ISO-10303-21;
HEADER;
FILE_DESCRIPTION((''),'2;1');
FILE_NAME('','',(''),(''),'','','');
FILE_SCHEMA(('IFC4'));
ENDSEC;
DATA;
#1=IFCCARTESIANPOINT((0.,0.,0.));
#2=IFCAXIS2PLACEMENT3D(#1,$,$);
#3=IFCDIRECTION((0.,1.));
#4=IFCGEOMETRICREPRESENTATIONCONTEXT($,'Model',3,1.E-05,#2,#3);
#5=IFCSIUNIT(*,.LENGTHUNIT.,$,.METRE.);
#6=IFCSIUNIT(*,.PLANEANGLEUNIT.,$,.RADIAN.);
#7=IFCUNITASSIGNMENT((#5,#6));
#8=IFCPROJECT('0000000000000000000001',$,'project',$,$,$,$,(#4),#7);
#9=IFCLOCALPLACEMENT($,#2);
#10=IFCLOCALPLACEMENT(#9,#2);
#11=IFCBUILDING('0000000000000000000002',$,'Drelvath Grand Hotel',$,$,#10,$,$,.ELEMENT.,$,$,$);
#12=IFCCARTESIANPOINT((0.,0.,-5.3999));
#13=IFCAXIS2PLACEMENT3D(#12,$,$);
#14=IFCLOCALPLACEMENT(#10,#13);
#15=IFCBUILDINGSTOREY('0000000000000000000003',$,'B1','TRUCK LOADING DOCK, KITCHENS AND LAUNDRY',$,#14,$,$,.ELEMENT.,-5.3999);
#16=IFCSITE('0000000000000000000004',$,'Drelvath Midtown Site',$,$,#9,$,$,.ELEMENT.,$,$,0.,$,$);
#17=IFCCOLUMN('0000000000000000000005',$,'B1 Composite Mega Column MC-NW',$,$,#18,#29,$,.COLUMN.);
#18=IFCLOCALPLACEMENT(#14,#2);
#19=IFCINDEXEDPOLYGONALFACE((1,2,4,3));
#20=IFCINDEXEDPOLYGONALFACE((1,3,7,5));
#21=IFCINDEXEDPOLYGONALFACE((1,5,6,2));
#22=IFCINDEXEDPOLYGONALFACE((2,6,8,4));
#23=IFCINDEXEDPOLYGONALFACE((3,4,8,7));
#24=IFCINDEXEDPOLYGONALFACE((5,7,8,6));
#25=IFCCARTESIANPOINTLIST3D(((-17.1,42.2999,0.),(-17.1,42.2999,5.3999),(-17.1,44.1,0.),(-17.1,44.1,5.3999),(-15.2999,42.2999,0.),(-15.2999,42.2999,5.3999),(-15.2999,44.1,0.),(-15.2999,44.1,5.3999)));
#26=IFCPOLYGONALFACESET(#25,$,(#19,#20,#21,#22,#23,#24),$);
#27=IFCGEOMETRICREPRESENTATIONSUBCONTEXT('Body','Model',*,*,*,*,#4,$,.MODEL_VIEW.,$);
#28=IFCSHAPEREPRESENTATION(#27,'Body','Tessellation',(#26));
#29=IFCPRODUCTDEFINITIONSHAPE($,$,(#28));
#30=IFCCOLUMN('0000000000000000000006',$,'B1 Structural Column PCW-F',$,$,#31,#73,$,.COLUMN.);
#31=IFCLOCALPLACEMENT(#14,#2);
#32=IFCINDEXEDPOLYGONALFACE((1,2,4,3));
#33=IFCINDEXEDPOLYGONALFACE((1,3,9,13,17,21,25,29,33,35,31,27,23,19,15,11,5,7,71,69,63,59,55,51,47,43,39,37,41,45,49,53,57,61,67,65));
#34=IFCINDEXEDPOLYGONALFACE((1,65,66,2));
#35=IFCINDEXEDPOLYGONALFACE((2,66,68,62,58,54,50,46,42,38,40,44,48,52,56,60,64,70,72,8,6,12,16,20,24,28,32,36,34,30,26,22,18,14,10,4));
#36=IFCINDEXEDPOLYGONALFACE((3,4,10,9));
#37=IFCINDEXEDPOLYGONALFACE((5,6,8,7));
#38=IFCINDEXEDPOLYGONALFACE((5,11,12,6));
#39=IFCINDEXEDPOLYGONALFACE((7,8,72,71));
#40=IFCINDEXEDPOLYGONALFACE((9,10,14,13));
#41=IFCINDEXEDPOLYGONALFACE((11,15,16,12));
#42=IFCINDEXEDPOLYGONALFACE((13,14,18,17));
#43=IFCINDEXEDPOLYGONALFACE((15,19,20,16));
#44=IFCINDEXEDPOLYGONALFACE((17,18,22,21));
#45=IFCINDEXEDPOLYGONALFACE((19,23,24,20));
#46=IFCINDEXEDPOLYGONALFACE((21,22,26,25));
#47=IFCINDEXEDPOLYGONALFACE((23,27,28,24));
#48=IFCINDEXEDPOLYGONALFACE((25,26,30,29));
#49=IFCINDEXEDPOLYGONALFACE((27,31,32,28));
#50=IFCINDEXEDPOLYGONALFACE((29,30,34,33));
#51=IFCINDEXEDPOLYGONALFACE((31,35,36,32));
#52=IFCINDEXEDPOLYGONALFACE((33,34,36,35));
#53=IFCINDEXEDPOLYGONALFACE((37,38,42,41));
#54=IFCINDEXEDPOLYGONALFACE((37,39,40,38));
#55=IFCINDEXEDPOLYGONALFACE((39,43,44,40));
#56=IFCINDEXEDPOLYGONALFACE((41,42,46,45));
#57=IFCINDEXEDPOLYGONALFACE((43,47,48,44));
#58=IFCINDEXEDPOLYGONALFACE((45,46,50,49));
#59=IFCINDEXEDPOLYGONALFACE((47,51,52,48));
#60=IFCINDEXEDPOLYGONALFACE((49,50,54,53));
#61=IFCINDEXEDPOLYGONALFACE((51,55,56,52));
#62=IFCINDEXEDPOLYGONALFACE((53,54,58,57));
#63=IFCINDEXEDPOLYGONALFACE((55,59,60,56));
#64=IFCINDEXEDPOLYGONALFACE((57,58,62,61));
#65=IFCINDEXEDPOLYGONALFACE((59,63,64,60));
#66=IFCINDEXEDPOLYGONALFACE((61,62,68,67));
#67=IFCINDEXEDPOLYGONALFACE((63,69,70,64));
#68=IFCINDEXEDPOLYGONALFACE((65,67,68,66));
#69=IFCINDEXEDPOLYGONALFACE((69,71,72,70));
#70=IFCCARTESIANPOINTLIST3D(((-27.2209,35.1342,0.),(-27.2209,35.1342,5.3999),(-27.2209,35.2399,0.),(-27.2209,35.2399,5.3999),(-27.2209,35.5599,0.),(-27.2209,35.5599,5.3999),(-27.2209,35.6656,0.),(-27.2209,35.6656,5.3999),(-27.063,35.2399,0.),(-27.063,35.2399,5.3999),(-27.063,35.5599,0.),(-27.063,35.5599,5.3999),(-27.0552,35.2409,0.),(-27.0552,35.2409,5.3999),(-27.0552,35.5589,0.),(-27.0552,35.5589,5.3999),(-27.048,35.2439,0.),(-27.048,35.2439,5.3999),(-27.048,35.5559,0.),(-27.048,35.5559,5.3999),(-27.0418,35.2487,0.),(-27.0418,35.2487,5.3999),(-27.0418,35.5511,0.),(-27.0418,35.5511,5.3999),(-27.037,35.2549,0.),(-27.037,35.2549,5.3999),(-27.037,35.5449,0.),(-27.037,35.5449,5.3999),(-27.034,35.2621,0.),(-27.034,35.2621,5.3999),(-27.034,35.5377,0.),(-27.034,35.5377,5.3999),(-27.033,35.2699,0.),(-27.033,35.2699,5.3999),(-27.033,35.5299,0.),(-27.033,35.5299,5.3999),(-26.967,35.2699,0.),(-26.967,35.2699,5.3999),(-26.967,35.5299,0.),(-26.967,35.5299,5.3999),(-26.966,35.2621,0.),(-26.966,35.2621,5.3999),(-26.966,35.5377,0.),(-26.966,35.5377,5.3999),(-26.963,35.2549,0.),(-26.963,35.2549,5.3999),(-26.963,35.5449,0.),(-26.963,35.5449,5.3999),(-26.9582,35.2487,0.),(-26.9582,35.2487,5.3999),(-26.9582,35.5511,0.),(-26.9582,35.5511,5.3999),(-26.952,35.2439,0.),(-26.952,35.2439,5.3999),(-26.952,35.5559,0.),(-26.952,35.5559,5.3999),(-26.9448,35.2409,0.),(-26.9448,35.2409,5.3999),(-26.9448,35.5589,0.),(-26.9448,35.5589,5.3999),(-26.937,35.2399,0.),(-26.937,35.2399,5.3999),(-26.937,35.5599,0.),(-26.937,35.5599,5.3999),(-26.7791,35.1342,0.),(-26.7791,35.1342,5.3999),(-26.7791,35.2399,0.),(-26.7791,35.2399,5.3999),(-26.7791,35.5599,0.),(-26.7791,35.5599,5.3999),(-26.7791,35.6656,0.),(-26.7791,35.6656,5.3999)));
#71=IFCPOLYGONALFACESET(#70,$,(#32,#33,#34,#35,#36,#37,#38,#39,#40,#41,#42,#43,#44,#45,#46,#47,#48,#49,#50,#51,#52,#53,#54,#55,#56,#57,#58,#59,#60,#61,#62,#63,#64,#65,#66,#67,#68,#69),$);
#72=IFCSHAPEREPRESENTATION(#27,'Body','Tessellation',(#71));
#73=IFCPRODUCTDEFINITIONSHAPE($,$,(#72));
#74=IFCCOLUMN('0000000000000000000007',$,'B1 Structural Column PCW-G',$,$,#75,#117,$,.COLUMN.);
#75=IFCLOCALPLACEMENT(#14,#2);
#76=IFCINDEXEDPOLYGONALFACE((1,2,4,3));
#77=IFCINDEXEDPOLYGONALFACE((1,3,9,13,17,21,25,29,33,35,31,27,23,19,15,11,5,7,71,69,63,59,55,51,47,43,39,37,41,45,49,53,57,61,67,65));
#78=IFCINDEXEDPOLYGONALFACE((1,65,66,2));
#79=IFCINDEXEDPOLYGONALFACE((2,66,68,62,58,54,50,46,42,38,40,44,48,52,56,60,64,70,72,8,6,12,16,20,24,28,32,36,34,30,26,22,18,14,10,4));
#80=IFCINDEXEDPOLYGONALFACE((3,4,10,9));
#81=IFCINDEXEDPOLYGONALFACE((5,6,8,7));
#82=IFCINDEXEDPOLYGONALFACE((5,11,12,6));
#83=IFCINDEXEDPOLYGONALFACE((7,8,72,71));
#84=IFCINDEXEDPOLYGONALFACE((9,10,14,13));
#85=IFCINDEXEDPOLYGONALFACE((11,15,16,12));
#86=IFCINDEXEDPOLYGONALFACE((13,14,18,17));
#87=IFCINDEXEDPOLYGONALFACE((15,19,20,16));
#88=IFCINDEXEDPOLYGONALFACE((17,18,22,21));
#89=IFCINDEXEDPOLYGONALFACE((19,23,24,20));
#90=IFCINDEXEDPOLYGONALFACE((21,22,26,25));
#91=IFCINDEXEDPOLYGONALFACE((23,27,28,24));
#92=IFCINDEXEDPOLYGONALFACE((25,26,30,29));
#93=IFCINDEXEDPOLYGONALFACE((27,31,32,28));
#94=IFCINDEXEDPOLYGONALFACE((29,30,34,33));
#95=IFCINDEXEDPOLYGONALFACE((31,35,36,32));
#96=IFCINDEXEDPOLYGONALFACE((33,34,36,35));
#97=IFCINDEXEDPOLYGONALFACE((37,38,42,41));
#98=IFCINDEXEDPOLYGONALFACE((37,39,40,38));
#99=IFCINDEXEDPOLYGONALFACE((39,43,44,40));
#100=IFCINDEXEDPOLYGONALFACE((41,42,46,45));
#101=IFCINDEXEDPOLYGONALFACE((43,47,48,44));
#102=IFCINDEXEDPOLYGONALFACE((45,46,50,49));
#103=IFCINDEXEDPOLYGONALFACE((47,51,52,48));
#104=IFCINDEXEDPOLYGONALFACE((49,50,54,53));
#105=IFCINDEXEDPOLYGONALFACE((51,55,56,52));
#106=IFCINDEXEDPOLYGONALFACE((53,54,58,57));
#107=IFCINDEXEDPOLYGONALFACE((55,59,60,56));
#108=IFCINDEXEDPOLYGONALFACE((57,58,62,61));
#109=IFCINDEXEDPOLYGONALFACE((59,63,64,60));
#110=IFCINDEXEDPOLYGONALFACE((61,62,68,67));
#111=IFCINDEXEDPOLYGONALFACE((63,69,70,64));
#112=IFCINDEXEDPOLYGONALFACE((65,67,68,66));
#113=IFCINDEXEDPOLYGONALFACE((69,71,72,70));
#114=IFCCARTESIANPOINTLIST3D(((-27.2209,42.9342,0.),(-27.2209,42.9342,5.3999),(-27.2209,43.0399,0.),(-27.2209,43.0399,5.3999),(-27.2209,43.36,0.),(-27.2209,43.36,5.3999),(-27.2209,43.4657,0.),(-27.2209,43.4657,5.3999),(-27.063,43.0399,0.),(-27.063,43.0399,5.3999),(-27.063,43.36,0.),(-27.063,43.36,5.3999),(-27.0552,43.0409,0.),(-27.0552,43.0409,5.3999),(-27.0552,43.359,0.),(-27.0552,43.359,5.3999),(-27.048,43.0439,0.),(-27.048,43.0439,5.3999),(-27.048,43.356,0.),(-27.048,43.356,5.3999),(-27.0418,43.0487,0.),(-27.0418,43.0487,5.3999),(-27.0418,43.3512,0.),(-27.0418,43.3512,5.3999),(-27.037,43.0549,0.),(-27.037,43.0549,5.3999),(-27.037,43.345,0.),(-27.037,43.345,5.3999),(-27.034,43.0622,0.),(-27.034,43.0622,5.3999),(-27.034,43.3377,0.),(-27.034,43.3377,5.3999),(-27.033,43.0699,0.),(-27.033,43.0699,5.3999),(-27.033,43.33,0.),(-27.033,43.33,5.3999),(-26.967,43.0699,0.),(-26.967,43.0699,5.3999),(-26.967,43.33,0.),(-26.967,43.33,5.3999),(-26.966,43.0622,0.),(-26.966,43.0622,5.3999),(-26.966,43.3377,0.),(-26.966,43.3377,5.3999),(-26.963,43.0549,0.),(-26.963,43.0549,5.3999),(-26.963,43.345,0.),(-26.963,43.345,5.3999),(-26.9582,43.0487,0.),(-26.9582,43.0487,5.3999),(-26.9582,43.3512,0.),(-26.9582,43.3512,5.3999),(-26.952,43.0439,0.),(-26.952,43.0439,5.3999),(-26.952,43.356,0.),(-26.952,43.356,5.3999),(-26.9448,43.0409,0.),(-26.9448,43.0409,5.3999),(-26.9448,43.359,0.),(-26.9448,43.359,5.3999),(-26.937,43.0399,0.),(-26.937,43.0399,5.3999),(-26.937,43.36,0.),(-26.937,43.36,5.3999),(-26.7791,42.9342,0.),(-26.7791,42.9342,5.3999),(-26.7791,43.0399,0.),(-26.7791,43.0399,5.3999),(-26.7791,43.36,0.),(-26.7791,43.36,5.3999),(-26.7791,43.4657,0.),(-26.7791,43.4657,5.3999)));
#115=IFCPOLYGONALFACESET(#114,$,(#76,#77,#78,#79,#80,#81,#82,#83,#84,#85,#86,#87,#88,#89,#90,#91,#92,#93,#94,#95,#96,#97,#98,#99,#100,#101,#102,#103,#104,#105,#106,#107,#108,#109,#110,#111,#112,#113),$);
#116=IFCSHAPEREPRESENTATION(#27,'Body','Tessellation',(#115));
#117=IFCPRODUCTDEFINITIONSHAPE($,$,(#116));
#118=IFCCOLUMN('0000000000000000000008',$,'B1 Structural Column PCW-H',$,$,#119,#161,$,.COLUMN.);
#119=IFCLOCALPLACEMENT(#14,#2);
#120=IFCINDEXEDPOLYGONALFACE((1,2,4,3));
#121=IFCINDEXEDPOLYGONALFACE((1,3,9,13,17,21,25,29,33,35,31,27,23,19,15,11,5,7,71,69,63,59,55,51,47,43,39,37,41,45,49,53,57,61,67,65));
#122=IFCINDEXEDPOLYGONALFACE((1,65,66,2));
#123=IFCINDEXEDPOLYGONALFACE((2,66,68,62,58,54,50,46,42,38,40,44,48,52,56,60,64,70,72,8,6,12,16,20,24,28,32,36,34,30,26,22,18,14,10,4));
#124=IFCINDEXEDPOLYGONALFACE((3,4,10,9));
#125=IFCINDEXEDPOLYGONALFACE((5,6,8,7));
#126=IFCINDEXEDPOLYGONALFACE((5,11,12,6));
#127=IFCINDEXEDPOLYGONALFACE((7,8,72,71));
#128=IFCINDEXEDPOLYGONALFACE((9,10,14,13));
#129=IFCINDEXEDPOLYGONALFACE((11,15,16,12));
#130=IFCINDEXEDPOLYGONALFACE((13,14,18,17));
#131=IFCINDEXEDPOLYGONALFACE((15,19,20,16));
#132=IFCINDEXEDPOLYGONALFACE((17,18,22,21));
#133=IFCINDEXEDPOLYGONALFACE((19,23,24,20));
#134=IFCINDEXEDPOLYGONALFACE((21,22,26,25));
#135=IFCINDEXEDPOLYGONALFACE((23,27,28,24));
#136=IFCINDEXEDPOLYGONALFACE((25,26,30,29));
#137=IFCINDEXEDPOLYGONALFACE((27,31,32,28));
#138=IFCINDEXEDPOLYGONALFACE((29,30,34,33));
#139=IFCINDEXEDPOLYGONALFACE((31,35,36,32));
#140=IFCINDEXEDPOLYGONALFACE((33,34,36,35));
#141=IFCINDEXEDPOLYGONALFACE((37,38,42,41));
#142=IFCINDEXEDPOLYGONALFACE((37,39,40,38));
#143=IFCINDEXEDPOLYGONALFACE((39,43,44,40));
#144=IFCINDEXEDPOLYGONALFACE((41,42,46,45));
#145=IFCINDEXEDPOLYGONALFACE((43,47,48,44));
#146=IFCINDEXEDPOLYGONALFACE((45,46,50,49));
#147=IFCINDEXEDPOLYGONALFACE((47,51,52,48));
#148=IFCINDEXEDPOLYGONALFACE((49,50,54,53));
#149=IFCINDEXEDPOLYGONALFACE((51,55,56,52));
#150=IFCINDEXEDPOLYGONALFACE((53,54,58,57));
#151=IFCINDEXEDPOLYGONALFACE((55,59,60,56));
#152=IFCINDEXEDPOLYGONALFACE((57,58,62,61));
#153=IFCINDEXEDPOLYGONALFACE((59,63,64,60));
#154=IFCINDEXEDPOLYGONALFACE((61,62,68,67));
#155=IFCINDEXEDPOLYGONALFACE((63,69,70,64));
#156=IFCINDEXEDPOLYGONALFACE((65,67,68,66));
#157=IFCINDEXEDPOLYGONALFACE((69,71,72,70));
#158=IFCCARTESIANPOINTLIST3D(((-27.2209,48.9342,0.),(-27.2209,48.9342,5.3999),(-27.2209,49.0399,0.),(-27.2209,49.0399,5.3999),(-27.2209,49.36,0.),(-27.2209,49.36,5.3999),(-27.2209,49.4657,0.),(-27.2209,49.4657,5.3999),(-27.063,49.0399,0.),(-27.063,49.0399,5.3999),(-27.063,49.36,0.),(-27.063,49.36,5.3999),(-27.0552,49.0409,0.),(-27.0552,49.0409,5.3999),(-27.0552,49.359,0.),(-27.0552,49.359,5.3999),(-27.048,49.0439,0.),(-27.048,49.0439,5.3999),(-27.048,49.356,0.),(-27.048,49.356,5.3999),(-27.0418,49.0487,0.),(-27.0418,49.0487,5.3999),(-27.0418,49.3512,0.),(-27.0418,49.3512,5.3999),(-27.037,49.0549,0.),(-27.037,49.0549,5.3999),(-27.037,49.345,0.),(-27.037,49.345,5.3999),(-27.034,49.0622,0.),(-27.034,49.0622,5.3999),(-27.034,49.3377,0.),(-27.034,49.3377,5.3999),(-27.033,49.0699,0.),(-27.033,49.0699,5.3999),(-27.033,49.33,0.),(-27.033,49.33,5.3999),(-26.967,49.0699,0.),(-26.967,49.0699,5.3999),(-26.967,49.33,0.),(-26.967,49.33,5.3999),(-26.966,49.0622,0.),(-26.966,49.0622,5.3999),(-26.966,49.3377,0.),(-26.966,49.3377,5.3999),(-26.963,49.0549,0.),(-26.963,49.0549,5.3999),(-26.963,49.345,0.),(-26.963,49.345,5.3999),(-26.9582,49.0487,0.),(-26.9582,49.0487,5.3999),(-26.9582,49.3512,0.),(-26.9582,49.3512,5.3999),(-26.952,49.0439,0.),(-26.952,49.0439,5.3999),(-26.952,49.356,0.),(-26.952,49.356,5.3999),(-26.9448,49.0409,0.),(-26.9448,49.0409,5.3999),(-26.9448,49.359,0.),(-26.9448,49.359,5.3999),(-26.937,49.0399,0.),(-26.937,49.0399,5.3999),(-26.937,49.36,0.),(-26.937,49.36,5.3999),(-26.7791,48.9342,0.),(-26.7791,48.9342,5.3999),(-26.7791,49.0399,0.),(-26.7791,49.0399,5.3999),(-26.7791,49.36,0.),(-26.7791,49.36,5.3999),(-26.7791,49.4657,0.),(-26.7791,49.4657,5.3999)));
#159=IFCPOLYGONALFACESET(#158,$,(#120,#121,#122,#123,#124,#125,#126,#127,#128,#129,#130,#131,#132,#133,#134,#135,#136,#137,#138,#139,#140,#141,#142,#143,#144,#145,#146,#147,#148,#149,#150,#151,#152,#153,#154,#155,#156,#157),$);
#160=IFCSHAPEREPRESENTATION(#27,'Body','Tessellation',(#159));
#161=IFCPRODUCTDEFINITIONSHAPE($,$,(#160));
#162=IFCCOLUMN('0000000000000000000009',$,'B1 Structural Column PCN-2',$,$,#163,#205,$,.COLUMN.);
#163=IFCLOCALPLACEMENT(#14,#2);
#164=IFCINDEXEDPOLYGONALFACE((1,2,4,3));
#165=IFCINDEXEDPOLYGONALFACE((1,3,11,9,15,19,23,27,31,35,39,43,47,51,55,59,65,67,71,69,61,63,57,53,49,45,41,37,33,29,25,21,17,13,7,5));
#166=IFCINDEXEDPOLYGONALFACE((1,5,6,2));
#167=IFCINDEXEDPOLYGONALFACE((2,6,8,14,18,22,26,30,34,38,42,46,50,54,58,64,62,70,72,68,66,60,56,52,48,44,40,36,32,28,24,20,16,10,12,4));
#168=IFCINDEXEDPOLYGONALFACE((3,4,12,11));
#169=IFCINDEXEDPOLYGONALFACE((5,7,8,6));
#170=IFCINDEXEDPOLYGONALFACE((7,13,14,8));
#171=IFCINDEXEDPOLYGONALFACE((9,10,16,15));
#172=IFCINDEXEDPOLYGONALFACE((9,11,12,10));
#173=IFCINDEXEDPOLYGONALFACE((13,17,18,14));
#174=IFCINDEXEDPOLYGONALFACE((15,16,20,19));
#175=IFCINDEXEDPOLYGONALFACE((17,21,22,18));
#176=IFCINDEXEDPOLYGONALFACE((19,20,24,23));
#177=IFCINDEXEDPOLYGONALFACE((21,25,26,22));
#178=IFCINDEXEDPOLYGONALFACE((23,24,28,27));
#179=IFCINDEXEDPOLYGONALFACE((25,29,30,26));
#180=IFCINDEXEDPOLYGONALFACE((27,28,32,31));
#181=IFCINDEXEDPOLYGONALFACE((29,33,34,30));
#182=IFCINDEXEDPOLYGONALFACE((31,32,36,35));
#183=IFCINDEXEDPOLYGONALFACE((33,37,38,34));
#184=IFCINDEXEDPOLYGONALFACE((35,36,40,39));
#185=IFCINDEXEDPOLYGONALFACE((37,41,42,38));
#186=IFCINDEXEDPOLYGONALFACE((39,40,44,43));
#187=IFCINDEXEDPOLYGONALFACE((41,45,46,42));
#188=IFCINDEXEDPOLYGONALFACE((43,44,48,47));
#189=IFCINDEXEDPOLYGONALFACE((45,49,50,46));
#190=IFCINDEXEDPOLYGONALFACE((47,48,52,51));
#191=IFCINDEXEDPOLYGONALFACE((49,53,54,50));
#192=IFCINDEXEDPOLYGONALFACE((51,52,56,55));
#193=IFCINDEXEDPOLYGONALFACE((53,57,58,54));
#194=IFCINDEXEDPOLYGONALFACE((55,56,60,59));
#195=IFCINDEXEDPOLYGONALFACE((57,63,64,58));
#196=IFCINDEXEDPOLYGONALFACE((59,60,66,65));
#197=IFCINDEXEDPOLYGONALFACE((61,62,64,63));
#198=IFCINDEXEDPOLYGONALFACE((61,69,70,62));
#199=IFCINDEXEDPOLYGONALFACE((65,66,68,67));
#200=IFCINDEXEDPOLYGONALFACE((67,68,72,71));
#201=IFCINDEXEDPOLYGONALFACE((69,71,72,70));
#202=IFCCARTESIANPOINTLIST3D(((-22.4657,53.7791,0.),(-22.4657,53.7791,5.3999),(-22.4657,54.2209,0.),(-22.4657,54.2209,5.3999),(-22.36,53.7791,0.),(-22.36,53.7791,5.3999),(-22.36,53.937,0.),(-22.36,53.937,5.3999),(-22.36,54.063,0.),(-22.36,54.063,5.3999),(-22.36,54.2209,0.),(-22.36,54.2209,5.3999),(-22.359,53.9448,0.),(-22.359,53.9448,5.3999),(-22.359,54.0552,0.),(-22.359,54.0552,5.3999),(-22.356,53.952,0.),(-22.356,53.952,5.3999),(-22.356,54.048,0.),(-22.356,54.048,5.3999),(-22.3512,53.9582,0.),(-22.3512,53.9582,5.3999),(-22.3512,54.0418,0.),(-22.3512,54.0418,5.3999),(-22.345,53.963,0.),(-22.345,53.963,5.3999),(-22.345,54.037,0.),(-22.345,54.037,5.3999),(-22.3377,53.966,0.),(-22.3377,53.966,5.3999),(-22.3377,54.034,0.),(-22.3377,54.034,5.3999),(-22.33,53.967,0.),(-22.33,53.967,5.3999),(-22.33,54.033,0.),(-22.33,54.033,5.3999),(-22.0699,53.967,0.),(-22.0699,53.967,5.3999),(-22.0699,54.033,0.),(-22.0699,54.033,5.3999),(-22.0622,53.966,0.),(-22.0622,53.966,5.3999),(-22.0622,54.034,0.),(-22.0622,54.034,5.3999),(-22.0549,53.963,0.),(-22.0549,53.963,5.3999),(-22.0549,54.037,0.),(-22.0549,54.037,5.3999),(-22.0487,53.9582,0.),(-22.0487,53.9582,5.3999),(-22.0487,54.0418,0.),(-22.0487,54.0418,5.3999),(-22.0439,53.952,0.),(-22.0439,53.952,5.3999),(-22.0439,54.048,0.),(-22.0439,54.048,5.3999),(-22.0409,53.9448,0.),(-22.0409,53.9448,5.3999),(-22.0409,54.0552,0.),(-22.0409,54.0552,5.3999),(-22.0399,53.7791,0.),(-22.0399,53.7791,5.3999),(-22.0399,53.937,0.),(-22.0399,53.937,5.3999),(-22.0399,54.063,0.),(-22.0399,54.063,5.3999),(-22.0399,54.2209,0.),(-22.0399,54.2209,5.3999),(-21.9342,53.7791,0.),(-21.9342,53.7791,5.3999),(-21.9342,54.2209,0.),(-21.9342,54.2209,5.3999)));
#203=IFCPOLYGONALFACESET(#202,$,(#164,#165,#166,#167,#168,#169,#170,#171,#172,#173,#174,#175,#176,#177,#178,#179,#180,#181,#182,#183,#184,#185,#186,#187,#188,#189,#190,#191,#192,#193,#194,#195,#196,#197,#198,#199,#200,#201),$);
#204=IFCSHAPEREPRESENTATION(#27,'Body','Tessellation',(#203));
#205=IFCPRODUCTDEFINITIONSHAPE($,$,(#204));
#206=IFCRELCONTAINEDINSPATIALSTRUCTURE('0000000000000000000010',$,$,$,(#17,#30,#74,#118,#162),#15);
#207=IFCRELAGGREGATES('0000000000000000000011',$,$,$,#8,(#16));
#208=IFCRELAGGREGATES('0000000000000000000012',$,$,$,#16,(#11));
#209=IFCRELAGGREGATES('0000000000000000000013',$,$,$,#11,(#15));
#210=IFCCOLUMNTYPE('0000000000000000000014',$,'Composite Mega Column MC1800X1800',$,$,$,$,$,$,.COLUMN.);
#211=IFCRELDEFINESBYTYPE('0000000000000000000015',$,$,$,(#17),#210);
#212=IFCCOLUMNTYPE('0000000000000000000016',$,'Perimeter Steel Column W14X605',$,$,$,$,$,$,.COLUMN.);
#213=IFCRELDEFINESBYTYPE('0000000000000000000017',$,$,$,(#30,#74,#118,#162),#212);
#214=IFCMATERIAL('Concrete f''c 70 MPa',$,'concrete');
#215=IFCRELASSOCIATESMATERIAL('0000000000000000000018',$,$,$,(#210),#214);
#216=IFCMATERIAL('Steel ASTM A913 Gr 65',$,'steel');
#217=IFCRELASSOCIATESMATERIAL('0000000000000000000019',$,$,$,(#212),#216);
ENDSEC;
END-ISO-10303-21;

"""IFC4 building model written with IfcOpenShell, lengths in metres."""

from ifc_helpers import new_model, si_unit, direction, frame, origin, origin_2d, place, context, subcontext, project, spatial, rectangle, i_section, extrude, material, material_profile, profile_set, type_object, element, save


model = new_model("IFC4")

# Units and contexts
model_context = context("Model", 3, precision=1e-05, world=origin(), true_north=direction((0.0, 1.0)))
body_context = subcontext(model_context, "Body", "Model", "MODEL_VIEW")
ifc_project = project(units=[si_unit("LENGTHUNIT", "METRE"), si_unit("PLANEANGLEUNIT", "RADIAN")], contexts=[model_context])

# Site, building, storey
site_placement = place(None, origin())
site = spatial("IfcSite", under=ifc_project, at=site_placement, Name="Drelvath Midtown Site", CompositionType="ELEMENT", RefElevation=0.0)
building_placement = place(site_placement, origin())
building = spatial("IfcBuilding", under=site, at=building_placement, Name="Drelvath Grand Hotel", CompositionType="ELEMENT")
storey_placement = place(building_placement, frame((0.0, 0.0, -5.3999)))
storey = spatial("IfcBuildingStorey", under=building, at=storey_placement, Name="B1", Description="TRUCK LOADING DOCK, KITCHENS AND LAUNDRY", CompositionType="ELEMENT", Elevation=-5.3999)

# Columns
ifc_material_1 = material(Name="Concrete f'c 70 MPa", Category="concrete")
ifc_material_profile_1 = material_profile(ifc_material_1, rectangle(XDim=1.8, YDim=1.8, at=origin_2d()), Name="MC1800X1800")
ifc_profile_set_1 = profile_set([ifc_material_profile_1], Name="Concrete f'c 70 MPa")
column_type_1 = type_object("IfcColumnType", Name="Composite Mega Column MC1800X1800", PredefinedType="COLUMN", material=ifc_profile_set_1)
column_placement = place(storey_placement, frame((-16.2, 43.2, 0.0), z_axis=(0.0, 0.0, 1.0), x_axis=(1.0, 0.0, 0.0)))
element("IfcColumn", 1, at=column_placement, inside=storey, type_object=column_type_1, Name="B1 Composite Mega Column MC-NW", PredefinedType="COLUMN", context=body_context, shape_type="SweptSolid", body=[
    extrude(rectangle(XDim=1.8, YDim=1.8, at=origin_2d()), origin(), (0.0, 0.0, 1.0), 5.3999),
])
ifc_material_2 = material(Name="Steel ASTM A913 Gr 65", Category="steel")
ifc_material_profile_2 = material_profile(ifc_material_2, i_section(OverallWidth=0.4419, OverallDepth=0.5315, WebThickness=0.0659, FlangeThickness=0.1057, FilletRadius=0.03, at=origin_2d()), Name="W14X605")
ifc_profile_set_2 = profile_set([ifc_material_profile_2], Name="Steel ASTM A913 Gr 65")
column_type_2 = type_object("IfcColumnType", Name="Perimeter Steel Column W14X605", PredefinedType="COLUMN", material=ifc_profile_set_2)
for number, where, z_axis, x_axis, name in (
    (2, (-27.0, 35.3999, 0.0), (0.0, 0.0, 1.0), (1.0, 0.0, 0.0), "B1 Structural Column PCW-F"),
    (3, (-27.0, 43.2, 0.0), (0.0, 0.0, 1.0), (1.0, 0.0, 0.0), "B1 Structural Column PCW-G"),
    (4, (-27.0, 49.2, 0.0), (0.0, 0.0, 1.0), (1.0, 0.0, 0.0), "B1 Structural Column PCW-H"),
    (5, (-22.2, 54.0, 0.0), (0.0, 0.0, 1.0), (0.0, 1.0, 0.0), "B1 Structural Column PCN-2"),
):
    element("IfcColumn", number, at=place(storey_placement, frame(where, z_axis=z_axis, x_axis=x_axis)), inside=storey, type_object=column_type_2, Name=name, PredefinedType="COLUMN", context=body_context, shape_type="SweptSolid", body=[
        extrude(i_section(OverallWidth=0.4419, OverallDepth=0.5315, WebThickness=0.0659, FlangeThickness=0.1057, FilletRadius=0.03, at=origin_2d()), origin(), (0.0, 0.0, 1.0), 5.3999),
    ])

save(model, "model.ifc")
